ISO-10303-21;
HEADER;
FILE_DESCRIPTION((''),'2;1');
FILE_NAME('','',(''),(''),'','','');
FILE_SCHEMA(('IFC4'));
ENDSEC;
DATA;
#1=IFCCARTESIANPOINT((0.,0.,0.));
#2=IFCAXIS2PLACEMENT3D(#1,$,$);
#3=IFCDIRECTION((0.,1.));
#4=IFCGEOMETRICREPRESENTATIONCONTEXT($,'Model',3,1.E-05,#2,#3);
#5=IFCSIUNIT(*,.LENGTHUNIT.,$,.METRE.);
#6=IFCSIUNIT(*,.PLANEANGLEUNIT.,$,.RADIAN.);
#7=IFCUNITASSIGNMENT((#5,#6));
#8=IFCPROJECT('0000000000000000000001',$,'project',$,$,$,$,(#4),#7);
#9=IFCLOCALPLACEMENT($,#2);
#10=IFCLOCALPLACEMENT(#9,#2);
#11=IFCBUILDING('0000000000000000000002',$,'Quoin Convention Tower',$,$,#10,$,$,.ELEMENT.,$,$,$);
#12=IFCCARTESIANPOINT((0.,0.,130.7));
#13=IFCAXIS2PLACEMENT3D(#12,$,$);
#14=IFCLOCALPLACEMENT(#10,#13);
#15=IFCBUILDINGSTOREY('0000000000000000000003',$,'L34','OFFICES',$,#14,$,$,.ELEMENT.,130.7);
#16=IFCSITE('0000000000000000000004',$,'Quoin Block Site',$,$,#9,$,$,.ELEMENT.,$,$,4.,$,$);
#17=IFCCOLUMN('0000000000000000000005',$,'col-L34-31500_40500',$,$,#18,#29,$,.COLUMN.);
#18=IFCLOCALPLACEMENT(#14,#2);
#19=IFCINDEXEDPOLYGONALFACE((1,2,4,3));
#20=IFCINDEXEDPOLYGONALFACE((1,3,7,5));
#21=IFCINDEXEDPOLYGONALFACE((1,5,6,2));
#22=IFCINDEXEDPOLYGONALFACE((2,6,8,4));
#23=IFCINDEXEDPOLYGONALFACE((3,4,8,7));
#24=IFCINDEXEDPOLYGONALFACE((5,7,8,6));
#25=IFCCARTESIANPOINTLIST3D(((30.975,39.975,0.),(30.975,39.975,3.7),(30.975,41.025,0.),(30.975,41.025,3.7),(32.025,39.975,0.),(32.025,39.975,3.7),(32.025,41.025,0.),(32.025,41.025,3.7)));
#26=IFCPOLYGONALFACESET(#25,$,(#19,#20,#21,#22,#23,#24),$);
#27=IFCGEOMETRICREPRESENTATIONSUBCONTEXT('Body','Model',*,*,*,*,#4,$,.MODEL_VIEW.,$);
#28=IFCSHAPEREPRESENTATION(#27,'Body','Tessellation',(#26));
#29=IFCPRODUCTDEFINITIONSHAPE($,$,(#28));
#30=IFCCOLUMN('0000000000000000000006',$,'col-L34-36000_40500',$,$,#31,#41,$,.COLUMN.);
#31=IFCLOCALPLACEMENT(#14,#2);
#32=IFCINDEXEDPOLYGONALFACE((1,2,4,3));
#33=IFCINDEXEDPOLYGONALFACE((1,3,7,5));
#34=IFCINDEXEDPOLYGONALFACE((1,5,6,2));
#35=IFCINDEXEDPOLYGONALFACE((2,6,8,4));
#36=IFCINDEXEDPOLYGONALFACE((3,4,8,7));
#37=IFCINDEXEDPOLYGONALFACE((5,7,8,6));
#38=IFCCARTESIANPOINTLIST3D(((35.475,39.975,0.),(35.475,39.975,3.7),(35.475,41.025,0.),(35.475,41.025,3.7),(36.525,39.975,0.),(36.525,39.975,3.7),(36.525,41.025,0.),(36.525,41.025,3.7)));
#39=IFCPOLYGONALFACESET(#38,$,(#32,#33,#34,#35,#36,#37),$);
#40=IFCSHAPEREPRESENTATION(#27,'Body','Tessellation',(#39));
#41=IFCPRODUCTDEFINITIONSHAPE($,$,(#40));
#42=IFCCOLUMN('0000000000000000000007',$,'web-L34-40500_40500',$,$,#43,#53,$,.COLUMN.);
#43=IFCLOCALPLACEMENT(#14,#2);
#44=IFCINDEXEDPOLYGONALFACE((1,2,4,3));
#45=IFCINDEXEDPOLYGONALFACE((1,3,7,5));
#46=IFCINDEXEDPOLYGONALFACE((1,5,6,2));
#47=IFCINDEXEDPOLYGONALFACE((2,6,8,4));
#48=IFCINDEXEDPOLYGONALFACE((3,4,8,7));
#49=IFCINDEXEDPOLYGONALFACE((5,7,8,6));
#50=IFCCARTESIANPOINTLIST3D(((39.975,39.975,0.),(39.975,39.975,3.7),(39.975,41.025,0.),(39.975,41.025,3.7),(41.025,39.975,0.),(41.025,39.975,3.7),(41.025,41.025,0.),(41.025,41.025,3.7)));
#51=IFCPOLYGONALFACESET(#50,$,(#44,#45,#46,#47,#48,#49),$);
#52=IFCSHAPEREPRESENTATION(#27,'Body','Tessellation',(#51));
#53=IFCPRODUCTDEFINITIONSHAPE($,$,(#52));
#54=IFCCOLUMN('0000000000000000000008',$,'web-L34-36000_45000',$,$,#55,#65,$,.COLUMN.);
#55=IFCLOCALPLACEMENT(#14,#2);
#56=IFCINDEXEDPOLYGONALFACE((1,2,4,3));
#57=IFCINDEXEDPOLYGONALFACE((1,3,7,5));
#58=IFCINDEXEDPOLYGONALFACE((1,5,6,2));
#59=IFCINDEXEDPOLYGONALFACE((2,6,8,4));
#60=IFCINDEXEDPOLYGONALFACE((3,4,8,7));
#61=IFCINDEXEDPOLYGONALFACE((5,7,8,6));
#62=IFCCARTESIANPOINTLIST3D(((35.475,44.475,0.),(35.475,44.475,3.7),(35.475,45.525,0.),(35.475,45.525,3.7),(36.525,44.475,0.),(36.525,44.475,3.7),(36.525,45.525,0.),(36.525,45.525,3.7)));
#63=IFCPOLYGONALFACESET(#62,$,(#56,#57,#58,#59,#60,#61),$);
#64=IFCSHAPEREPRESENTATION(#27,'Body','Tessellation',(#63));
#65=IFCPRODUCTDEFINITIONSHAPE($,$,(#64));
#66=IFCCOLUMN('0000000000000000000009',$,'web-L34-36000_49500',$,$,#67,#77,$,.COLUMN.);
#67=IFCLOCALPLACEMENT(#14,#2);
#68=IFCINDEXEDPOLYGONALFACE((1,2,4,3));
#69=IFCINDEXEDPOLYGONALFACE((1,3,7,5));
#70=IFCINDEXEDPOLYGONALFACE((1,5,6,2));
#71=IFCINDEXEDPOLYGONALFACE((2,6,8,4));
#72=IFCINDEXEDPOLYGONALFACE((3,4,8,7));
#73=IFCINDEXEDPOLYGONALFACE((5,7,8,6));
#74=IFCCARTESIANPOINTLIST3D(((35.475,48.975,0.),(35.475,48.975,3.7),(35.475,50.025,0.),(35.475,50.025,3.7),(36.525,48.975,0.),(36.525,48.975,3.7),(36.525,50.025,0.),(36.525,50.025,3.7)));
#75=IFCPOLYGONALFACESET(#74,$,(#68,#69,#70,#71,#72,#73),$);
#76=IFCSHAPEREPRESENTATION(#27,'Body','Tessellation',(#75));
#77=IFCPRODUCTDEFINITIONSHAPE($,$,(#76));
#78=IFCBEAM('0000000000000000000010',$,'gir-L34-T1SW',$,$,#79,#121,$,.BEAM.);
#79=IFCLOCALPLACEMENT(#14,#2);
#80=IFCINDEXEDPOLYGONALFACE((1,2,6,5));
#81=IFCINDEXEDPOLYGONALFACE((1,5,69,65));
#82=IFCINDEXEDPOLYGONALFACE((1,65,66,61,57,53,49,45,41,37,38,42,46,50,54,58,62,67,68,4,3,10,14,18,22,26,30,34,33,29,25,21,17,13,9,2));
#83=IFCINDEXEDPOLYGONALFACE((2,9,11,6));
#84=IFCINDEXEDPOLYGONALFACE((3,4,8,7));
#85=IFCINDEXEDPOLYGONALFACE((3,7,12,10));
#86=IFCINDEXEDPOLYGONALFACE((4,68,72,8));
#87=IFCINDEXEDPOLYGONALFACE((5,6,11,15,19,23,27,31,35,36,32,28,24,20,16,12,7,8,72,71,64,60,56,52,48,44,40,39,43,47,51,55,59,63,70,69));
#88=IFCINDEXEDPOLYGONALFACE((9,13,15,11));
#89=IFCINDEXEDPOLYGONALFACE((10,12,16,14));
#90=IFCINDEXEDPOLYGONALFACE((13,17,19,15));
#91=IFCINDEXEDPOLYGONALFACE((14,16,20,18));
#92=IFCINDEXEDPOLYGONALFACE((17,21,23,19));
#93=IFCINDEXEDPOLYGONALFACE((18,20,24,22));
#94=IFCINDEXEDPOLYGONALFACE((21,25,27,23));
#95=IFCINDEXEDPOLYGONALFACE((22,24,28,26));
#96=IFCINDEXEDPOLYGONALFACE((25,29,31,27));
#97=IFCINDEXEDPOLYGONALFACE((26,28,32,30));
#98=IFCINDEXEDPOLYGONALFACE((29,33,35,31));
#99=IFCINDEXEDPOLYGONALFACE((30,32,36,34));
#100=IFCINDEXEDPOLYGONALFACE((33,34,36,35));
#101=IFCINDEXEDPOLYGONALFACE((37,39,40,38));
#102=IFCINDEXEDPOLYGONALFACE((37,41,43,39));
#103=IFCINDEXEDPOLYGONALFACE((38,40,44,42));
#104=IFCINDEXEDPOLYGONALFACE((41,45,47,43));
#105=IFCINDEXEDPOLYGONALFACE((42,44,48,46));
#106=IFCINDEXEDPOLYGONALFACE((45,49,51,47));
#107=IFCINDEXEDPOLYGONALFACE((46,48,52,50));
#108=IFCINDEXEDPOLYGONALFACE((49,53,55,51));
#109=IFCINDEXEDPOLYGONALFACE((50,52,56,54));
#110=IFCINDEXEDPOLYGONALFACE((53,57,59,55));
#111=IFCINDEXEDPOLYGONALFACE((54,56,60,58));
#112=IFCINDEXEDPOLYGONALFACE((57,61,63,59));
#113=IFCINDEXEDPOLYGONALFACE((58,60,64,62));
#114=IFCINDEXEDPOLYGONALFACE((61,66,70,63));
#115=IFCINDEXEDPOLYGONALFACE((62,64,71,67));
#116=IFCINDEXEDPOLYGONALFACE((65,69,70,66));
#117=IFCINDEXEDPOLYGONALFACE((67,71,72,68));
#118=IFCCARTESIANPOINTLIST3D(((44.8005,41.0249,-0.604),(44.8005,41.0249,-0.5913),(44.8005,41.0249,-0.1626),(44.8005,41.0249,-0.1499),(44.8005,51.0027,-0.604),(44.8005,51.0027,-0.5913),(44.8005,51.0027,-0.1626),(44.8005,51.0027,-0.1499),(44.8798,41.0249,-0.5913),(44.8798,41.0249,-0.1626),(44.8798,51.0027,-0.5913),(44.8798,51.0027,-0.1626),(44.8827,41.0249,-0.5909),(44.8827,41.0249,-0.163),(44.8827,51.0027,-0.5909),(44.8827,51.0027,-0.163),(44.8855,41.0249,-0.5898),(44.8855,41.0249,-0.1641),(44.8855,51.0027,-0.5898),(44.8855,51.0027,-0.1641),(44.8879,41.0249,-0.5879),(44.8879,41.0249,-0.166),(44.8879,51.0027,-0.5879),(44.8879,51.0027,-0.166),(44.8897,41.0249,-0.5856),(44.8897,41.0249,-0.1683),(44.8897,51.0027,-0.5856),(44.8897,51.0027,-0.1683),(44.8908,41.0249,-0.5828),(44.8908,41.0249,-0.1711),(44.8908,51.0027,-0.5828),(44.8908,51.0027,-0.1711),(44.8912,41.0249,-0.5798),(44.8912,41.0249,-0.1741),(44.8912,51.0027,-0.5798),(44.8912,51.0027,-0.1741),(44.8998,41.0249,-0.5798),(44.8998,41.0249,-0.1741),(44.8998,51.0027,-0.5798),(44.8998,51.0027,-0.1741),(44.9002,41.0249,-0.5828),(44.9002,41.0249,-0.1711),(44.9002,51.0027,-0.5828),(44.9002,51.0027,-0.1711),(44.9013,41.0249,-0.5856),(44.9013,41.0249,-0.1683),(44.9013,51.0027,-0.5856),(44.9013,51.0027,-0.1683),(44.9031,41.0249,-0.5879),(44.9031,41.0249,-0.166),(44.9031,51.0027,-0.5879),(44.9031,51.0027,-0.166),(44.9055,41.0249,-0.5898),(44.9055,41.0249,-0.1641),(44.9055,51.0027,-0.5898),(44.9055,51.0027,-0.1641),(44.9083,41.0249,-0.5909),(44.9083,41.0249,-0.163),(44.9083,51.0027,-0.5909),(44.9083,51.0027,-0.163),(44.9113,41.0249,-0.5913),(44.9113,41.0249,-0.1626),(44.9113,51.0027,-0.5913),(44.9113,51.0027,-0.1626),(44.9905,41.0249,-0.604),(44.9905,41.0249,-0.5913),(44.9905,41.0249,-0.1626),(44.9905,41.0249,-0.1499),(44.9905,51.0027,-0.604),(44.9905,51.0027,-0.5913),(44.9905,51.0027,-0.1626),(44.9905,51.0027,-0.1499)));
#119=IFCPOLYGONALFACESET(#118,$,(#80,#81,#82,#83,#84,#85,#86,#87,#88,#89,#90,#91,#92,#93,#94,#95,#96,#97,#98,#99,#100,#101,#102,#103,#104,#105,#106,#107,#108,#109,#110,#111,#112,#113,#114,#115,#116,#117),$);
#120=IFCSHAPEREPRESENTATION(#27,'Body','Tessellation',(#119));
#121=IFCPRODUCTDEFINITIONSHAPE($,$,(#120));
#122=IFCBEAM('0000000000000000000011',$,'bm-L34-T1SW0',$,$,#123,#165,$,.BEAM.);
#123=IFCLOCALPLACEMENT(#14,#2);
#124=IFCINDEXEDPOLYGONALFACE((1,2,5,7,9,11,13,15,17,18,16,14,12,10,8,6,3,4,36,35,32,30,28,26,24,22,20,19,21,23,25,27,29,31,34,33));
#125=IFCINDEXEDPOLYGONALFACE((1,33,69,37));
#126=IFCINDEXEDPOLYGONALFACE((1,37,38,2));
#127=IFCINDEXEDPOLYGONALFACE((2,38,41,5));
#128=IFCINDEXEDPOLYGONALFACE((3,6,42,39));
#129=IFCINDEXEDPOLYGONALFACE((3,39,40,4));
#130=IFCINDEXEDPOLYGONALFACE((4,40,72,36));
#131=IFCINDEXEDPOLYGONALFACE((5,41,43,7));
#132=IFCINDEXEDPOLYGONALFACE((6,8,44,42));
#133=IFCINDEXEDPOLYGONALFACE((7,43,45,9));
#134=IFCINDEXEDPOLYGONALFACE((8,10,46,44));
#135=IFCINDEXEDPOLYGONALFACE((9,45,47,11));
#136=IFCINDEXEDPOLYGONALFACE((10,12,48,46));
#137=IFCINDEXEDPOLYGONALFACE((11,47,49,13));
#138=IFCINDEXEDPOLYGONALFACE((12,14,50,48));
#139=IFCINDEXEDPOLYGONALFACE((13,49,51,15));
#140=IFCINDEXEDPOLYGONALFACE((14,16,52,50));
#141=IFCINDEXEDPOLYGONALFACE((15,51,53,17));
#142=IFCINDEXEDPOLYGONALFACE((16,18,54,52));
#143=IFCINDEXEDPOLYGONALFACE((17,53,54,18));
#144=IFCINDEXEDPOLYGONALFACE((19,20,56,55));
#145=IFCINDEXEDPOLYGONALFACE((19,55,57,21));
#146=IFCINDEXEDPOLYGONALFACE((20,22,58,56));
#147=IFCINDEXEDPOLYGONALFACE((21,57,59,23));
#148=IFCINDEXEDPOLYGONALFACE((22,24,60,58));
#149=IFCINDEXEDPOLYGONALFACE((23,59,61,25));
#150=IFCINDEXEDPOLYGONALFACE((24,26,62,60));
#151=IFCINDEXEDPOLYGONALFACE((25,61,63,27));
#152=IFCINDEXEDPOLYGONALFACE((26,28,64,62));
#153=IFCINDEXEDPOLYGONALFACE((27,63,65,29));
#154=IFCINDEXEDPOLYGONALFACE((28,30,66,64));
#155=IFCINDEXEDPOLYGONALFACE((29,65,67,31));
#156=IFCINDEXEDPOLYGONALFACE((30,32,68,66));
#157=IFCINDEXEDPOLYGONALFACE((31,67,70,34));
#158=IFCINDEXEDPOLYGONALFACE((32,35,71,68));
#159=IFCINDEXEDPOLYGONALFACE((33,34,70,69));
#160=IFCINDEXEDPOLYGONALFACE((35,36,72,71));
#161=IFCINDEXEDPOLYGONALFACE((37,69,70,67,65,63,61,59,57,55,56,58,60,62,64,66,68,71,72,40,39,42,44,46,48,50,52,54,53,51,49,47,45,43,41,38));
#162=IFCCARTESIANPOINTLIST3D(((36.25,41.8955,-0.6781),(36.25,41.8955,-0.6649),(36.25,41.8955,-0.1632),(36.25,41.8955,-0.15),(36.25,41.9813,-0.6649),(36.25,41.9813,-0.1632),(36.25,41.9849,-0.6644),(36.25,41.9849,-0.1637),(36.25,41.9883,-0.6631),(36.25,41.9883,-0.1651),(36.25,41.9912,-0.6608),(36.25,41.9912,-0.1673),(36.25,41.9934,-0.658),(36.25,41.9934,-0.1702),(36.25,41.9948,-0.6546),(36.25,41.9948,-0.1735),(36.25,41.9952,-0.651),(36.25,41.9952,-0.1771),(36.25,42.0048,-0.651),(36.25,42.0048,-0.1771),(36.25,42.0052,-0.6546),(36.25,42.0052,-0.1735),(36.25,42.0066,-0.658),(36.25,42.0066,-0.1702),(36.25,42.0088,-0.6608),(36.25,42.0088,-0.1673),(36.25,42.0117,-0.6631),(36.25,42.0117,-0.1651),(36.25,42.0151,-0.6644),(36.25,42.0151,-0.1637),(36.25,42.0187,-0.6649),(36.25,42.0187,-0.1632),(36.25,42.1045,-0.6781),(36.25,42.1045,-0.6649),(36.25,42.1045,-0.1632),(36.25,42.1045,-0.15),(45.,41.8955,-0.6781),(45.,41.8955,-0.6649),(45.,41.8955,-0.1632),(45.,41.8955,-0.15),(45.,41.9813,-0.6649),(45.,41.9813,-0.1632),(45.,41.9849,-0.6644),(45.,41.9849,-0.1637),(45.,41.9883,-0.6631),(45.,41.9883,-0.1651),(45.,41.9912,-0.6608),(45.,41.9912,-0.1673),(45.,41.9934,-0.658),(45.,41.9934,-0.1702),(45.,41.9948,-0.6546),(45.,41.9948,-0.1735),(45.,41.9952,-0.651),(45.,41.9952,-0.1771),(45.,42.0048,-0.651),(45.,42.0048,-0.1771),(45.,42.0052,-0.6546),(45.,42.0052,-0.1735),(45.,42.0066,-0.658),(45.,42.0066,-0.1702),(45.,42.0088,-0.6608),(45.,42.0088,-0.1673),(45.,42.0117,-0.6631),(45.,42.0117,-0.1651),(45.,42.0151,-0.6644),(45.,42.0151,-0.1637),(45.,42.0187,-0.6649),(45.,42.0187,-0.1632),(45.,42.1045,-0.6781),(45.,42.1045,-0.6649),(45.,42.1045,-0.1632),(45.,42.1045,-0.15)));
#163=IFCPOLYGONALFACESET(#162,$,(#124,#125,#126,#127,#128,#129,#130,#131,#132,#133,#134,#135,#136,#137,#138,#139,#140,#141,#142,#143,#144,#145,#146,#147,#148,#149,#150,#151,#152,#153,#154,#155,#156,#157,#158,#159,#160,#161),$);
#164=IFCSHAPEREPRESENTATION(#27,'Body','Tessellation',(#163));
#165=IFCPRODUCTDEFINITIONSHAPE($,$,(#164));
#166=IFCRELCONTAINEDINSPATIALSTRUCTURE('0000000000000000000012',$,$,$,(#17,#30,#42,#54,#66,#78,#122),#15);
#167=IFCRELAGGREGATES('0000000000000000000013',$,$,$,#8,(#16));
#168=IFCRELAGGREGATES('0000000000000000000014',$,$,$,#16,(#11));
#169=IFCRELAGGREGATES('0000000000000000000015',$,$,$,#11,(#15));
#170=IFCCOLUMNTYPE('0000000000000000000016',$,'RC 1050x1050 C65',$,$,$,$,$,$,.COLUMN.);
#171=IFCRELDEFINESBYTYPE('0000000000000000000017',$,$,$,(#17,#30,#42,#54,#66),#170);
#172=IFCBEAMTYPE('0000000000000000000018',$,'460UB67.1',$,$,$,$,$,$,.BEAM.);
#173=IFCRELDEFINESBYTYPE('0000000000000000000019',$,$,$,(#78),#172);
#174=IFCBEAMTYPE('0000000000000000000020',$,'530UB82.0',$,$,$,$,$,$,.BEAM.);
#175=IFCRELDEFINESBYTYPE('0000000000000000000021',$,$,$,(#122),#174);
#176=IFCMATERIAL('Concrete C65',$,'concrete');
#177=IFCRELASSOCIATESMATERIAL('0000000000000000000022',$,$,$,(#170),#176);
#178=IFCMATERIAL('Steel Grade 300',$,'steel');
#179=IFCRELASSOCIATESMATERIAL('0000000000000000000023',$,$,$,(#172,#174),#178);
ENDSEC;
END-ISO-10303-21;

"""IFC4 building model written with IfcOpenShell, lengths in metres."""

from ifc_helpers import new_model, si_unit, direction, frame, origin, origin_2d, place, context, subcontext, project, spatial, rectangle, i_section, extrude, material, material_profile, profile_set, type_object, element, save


model = new_model("IFC4")

# Units and contexts
model_context = context("Model", 3, precision=1e-05, world=origin(), true_north=direction((0.0, 1.0)))
body_context = subcontext(model_context, "Body", "Model", "MODEL_VIEW")
ifc_project = project(units=[si_unit("LENGTHUNIT", "METRE"), si_unit("PLANEANGLEUNIT", "RADIAN")], contexts=[model_context])

# Site, building, storey
site_placement = place(None, origin())
site = spatial("IfcSite", under=ifc_project, at=site_placement, Name="Quoin Block Site", CompositionType="ELEMENT", RefElevation=4.0)
building_placement = place(site_placement, origin())
building = spatial("IfcBuilding", under=site, at=building_placement, Name="Quoin Convention Tower", CompositionType="ELEMENT")
storey_placement = place(building_placement, frame((0.0, 0.0, 130.7)))
storey = spatial("IfcBuildingStorey", under=building, at=storey_placement, Name="L34", Description="OFFICES", CompositionType="ELEMENT", Elevation=130.7)

# Columns
ifc_material_1 = material(Name="Concrete C65", Category="concrete")
ifc_material_profile_1 = material_profile(ifc_material_1, rectangle(XDim=1.05, YDim=1.05, at=origin_2d()), Name="RC 1050x1050")
ifc_profile_set_1 = profile_set([ifc_material_profile_1], Name="Concrete C65")
column_type = type_object("IfcColumnType", Name="RC 1050x1050 C65", PredefinedType="COLUMN", material=ifc_profile_set_1)
for number, where, z_axis, x_axis, name in (
    (1, (31.5, 40.5, 0.0), (0.0, 0.0, 1.0), (1.0, 0.0, 0.0), "col-L34-31500_40500"),
    (2, (36.0, 40.5, 0.0), (0.0, 0.0, 1.0), (1.0, 0.0, 0.0), "col-L34-36000_40500"),
    (3, (40.5, 40.5, 0.0), (0.0, 0.0, 1.0), (1.0, 0.0, 0.0), "web-L34-40500_40500"),
    (4, (36.0, 45.0, 0.0), (0.0, 0.0, 1.0), (1.0, 0.0, 0.0), "web-L34-36000_45000"),
    (5, (36.0, 49.5, 0.0), (0.0, 0.0, 1.0), (1.0, 0.0, 0.0), "web-L34-36000_49500"),
):
    element("IfcColumn", number, at=place(storey_placement, frame(where, z_axis=z_axis, x_axis=x_axis)), inside=storey, type_object=column_type, Name=name, PredefinedType="COLUMN", context=body_context, shape_type="SweptSolid", body=[
        extrude(rectangle(XDim=1.05, YDim=1.05, at=origin_2d()), origin(), (0.0, 0.0, 1.0), 3.7),
    ])

# Beams
ifc_material_2 = material(Name="Steel Grade 300", Category="steel")
ifc_material_profile_2 = material_profile(ifc_material_2, i_section(OverallWidth=0.1899, OverallDepth=0.4541, WebThickness=0.0085, FlangeThickness=0.0127, FilletRadius=0.0115, at=origin_2d()), Name="460UB67.1")
ifc_profile_set_2 = profile_set([ifc_material_profile_2], Name="Steel Grade 300")
beam_type_1 = type_object("IfcBeamType", Name="460UB67.1", PredefinedType="BEAM", material=ifc_profile_set_2)
beam_1_placement = place(storey_placement, frame((44.8955, 41.0249, -0.377), z_axis=(0.0, 1.0, 0.0), x_axis=(-1.0, 0.0, 0.0)))
element("IfcBeam", 6, at=beam_1_placement, inside=storey, type_object=beam_type_1, Name="gir-L34-T1SW", PredefinedType="BEAM", context=body_context, shape_type="SweptSolid", body=[
    extrude(i_section(OverallWidth=0.1899, OverallDepth=0.4541, WebThickness=0.0085, FlangeThickness=0.0127, FilletRadius=0.0115, at=origin_2d()), origin(), (0.0, 0.0, 1.0), 9.9778),
])
ifc_material_profile_3 = material_profile(ifc_material_2, i_section(OverallWidth=0.209, OverallDepth=0.5281, WebThickness=0.0095, FlangeThickness=0.0132, FilletRadius=0.0139, at=origin_2d()), Name="530UB82.0")
ifc_profile_set_3 = profile_set([ifc_material_profile_3], Name="Steel Grade 300")
beam_type_2 = type_object("IfcBeamType", Name="530UB82.0", PredefinedType="BEAM", material=ifc_profile_set_3)
beam_2_placement = place(storey_placement, frame((36.25, 42.0, -0.4141), z_axis=(1.0, 0.0, 0.0), x_axis=(0.0, 1.0, 0.0)))
element("IfcBeam", 7, at=beam_2_placement, inside=storey, type_object=beam_type_2, Name="bm-L34-T1SW0", PredefinedType="BEAM", context=body_context, shape_type="SweptSolid", body=[
    extrude(i_section(OverallWidth=0.209, OverallDepth=0.5281, WebThickness=0.0095, FlangeThickness=0.0132, FilletRadius=0.0139, at=origin_2d()), origin(), (0.0, 0.0, 1.0), 8.75),
])

save(model, "model.ifc")
